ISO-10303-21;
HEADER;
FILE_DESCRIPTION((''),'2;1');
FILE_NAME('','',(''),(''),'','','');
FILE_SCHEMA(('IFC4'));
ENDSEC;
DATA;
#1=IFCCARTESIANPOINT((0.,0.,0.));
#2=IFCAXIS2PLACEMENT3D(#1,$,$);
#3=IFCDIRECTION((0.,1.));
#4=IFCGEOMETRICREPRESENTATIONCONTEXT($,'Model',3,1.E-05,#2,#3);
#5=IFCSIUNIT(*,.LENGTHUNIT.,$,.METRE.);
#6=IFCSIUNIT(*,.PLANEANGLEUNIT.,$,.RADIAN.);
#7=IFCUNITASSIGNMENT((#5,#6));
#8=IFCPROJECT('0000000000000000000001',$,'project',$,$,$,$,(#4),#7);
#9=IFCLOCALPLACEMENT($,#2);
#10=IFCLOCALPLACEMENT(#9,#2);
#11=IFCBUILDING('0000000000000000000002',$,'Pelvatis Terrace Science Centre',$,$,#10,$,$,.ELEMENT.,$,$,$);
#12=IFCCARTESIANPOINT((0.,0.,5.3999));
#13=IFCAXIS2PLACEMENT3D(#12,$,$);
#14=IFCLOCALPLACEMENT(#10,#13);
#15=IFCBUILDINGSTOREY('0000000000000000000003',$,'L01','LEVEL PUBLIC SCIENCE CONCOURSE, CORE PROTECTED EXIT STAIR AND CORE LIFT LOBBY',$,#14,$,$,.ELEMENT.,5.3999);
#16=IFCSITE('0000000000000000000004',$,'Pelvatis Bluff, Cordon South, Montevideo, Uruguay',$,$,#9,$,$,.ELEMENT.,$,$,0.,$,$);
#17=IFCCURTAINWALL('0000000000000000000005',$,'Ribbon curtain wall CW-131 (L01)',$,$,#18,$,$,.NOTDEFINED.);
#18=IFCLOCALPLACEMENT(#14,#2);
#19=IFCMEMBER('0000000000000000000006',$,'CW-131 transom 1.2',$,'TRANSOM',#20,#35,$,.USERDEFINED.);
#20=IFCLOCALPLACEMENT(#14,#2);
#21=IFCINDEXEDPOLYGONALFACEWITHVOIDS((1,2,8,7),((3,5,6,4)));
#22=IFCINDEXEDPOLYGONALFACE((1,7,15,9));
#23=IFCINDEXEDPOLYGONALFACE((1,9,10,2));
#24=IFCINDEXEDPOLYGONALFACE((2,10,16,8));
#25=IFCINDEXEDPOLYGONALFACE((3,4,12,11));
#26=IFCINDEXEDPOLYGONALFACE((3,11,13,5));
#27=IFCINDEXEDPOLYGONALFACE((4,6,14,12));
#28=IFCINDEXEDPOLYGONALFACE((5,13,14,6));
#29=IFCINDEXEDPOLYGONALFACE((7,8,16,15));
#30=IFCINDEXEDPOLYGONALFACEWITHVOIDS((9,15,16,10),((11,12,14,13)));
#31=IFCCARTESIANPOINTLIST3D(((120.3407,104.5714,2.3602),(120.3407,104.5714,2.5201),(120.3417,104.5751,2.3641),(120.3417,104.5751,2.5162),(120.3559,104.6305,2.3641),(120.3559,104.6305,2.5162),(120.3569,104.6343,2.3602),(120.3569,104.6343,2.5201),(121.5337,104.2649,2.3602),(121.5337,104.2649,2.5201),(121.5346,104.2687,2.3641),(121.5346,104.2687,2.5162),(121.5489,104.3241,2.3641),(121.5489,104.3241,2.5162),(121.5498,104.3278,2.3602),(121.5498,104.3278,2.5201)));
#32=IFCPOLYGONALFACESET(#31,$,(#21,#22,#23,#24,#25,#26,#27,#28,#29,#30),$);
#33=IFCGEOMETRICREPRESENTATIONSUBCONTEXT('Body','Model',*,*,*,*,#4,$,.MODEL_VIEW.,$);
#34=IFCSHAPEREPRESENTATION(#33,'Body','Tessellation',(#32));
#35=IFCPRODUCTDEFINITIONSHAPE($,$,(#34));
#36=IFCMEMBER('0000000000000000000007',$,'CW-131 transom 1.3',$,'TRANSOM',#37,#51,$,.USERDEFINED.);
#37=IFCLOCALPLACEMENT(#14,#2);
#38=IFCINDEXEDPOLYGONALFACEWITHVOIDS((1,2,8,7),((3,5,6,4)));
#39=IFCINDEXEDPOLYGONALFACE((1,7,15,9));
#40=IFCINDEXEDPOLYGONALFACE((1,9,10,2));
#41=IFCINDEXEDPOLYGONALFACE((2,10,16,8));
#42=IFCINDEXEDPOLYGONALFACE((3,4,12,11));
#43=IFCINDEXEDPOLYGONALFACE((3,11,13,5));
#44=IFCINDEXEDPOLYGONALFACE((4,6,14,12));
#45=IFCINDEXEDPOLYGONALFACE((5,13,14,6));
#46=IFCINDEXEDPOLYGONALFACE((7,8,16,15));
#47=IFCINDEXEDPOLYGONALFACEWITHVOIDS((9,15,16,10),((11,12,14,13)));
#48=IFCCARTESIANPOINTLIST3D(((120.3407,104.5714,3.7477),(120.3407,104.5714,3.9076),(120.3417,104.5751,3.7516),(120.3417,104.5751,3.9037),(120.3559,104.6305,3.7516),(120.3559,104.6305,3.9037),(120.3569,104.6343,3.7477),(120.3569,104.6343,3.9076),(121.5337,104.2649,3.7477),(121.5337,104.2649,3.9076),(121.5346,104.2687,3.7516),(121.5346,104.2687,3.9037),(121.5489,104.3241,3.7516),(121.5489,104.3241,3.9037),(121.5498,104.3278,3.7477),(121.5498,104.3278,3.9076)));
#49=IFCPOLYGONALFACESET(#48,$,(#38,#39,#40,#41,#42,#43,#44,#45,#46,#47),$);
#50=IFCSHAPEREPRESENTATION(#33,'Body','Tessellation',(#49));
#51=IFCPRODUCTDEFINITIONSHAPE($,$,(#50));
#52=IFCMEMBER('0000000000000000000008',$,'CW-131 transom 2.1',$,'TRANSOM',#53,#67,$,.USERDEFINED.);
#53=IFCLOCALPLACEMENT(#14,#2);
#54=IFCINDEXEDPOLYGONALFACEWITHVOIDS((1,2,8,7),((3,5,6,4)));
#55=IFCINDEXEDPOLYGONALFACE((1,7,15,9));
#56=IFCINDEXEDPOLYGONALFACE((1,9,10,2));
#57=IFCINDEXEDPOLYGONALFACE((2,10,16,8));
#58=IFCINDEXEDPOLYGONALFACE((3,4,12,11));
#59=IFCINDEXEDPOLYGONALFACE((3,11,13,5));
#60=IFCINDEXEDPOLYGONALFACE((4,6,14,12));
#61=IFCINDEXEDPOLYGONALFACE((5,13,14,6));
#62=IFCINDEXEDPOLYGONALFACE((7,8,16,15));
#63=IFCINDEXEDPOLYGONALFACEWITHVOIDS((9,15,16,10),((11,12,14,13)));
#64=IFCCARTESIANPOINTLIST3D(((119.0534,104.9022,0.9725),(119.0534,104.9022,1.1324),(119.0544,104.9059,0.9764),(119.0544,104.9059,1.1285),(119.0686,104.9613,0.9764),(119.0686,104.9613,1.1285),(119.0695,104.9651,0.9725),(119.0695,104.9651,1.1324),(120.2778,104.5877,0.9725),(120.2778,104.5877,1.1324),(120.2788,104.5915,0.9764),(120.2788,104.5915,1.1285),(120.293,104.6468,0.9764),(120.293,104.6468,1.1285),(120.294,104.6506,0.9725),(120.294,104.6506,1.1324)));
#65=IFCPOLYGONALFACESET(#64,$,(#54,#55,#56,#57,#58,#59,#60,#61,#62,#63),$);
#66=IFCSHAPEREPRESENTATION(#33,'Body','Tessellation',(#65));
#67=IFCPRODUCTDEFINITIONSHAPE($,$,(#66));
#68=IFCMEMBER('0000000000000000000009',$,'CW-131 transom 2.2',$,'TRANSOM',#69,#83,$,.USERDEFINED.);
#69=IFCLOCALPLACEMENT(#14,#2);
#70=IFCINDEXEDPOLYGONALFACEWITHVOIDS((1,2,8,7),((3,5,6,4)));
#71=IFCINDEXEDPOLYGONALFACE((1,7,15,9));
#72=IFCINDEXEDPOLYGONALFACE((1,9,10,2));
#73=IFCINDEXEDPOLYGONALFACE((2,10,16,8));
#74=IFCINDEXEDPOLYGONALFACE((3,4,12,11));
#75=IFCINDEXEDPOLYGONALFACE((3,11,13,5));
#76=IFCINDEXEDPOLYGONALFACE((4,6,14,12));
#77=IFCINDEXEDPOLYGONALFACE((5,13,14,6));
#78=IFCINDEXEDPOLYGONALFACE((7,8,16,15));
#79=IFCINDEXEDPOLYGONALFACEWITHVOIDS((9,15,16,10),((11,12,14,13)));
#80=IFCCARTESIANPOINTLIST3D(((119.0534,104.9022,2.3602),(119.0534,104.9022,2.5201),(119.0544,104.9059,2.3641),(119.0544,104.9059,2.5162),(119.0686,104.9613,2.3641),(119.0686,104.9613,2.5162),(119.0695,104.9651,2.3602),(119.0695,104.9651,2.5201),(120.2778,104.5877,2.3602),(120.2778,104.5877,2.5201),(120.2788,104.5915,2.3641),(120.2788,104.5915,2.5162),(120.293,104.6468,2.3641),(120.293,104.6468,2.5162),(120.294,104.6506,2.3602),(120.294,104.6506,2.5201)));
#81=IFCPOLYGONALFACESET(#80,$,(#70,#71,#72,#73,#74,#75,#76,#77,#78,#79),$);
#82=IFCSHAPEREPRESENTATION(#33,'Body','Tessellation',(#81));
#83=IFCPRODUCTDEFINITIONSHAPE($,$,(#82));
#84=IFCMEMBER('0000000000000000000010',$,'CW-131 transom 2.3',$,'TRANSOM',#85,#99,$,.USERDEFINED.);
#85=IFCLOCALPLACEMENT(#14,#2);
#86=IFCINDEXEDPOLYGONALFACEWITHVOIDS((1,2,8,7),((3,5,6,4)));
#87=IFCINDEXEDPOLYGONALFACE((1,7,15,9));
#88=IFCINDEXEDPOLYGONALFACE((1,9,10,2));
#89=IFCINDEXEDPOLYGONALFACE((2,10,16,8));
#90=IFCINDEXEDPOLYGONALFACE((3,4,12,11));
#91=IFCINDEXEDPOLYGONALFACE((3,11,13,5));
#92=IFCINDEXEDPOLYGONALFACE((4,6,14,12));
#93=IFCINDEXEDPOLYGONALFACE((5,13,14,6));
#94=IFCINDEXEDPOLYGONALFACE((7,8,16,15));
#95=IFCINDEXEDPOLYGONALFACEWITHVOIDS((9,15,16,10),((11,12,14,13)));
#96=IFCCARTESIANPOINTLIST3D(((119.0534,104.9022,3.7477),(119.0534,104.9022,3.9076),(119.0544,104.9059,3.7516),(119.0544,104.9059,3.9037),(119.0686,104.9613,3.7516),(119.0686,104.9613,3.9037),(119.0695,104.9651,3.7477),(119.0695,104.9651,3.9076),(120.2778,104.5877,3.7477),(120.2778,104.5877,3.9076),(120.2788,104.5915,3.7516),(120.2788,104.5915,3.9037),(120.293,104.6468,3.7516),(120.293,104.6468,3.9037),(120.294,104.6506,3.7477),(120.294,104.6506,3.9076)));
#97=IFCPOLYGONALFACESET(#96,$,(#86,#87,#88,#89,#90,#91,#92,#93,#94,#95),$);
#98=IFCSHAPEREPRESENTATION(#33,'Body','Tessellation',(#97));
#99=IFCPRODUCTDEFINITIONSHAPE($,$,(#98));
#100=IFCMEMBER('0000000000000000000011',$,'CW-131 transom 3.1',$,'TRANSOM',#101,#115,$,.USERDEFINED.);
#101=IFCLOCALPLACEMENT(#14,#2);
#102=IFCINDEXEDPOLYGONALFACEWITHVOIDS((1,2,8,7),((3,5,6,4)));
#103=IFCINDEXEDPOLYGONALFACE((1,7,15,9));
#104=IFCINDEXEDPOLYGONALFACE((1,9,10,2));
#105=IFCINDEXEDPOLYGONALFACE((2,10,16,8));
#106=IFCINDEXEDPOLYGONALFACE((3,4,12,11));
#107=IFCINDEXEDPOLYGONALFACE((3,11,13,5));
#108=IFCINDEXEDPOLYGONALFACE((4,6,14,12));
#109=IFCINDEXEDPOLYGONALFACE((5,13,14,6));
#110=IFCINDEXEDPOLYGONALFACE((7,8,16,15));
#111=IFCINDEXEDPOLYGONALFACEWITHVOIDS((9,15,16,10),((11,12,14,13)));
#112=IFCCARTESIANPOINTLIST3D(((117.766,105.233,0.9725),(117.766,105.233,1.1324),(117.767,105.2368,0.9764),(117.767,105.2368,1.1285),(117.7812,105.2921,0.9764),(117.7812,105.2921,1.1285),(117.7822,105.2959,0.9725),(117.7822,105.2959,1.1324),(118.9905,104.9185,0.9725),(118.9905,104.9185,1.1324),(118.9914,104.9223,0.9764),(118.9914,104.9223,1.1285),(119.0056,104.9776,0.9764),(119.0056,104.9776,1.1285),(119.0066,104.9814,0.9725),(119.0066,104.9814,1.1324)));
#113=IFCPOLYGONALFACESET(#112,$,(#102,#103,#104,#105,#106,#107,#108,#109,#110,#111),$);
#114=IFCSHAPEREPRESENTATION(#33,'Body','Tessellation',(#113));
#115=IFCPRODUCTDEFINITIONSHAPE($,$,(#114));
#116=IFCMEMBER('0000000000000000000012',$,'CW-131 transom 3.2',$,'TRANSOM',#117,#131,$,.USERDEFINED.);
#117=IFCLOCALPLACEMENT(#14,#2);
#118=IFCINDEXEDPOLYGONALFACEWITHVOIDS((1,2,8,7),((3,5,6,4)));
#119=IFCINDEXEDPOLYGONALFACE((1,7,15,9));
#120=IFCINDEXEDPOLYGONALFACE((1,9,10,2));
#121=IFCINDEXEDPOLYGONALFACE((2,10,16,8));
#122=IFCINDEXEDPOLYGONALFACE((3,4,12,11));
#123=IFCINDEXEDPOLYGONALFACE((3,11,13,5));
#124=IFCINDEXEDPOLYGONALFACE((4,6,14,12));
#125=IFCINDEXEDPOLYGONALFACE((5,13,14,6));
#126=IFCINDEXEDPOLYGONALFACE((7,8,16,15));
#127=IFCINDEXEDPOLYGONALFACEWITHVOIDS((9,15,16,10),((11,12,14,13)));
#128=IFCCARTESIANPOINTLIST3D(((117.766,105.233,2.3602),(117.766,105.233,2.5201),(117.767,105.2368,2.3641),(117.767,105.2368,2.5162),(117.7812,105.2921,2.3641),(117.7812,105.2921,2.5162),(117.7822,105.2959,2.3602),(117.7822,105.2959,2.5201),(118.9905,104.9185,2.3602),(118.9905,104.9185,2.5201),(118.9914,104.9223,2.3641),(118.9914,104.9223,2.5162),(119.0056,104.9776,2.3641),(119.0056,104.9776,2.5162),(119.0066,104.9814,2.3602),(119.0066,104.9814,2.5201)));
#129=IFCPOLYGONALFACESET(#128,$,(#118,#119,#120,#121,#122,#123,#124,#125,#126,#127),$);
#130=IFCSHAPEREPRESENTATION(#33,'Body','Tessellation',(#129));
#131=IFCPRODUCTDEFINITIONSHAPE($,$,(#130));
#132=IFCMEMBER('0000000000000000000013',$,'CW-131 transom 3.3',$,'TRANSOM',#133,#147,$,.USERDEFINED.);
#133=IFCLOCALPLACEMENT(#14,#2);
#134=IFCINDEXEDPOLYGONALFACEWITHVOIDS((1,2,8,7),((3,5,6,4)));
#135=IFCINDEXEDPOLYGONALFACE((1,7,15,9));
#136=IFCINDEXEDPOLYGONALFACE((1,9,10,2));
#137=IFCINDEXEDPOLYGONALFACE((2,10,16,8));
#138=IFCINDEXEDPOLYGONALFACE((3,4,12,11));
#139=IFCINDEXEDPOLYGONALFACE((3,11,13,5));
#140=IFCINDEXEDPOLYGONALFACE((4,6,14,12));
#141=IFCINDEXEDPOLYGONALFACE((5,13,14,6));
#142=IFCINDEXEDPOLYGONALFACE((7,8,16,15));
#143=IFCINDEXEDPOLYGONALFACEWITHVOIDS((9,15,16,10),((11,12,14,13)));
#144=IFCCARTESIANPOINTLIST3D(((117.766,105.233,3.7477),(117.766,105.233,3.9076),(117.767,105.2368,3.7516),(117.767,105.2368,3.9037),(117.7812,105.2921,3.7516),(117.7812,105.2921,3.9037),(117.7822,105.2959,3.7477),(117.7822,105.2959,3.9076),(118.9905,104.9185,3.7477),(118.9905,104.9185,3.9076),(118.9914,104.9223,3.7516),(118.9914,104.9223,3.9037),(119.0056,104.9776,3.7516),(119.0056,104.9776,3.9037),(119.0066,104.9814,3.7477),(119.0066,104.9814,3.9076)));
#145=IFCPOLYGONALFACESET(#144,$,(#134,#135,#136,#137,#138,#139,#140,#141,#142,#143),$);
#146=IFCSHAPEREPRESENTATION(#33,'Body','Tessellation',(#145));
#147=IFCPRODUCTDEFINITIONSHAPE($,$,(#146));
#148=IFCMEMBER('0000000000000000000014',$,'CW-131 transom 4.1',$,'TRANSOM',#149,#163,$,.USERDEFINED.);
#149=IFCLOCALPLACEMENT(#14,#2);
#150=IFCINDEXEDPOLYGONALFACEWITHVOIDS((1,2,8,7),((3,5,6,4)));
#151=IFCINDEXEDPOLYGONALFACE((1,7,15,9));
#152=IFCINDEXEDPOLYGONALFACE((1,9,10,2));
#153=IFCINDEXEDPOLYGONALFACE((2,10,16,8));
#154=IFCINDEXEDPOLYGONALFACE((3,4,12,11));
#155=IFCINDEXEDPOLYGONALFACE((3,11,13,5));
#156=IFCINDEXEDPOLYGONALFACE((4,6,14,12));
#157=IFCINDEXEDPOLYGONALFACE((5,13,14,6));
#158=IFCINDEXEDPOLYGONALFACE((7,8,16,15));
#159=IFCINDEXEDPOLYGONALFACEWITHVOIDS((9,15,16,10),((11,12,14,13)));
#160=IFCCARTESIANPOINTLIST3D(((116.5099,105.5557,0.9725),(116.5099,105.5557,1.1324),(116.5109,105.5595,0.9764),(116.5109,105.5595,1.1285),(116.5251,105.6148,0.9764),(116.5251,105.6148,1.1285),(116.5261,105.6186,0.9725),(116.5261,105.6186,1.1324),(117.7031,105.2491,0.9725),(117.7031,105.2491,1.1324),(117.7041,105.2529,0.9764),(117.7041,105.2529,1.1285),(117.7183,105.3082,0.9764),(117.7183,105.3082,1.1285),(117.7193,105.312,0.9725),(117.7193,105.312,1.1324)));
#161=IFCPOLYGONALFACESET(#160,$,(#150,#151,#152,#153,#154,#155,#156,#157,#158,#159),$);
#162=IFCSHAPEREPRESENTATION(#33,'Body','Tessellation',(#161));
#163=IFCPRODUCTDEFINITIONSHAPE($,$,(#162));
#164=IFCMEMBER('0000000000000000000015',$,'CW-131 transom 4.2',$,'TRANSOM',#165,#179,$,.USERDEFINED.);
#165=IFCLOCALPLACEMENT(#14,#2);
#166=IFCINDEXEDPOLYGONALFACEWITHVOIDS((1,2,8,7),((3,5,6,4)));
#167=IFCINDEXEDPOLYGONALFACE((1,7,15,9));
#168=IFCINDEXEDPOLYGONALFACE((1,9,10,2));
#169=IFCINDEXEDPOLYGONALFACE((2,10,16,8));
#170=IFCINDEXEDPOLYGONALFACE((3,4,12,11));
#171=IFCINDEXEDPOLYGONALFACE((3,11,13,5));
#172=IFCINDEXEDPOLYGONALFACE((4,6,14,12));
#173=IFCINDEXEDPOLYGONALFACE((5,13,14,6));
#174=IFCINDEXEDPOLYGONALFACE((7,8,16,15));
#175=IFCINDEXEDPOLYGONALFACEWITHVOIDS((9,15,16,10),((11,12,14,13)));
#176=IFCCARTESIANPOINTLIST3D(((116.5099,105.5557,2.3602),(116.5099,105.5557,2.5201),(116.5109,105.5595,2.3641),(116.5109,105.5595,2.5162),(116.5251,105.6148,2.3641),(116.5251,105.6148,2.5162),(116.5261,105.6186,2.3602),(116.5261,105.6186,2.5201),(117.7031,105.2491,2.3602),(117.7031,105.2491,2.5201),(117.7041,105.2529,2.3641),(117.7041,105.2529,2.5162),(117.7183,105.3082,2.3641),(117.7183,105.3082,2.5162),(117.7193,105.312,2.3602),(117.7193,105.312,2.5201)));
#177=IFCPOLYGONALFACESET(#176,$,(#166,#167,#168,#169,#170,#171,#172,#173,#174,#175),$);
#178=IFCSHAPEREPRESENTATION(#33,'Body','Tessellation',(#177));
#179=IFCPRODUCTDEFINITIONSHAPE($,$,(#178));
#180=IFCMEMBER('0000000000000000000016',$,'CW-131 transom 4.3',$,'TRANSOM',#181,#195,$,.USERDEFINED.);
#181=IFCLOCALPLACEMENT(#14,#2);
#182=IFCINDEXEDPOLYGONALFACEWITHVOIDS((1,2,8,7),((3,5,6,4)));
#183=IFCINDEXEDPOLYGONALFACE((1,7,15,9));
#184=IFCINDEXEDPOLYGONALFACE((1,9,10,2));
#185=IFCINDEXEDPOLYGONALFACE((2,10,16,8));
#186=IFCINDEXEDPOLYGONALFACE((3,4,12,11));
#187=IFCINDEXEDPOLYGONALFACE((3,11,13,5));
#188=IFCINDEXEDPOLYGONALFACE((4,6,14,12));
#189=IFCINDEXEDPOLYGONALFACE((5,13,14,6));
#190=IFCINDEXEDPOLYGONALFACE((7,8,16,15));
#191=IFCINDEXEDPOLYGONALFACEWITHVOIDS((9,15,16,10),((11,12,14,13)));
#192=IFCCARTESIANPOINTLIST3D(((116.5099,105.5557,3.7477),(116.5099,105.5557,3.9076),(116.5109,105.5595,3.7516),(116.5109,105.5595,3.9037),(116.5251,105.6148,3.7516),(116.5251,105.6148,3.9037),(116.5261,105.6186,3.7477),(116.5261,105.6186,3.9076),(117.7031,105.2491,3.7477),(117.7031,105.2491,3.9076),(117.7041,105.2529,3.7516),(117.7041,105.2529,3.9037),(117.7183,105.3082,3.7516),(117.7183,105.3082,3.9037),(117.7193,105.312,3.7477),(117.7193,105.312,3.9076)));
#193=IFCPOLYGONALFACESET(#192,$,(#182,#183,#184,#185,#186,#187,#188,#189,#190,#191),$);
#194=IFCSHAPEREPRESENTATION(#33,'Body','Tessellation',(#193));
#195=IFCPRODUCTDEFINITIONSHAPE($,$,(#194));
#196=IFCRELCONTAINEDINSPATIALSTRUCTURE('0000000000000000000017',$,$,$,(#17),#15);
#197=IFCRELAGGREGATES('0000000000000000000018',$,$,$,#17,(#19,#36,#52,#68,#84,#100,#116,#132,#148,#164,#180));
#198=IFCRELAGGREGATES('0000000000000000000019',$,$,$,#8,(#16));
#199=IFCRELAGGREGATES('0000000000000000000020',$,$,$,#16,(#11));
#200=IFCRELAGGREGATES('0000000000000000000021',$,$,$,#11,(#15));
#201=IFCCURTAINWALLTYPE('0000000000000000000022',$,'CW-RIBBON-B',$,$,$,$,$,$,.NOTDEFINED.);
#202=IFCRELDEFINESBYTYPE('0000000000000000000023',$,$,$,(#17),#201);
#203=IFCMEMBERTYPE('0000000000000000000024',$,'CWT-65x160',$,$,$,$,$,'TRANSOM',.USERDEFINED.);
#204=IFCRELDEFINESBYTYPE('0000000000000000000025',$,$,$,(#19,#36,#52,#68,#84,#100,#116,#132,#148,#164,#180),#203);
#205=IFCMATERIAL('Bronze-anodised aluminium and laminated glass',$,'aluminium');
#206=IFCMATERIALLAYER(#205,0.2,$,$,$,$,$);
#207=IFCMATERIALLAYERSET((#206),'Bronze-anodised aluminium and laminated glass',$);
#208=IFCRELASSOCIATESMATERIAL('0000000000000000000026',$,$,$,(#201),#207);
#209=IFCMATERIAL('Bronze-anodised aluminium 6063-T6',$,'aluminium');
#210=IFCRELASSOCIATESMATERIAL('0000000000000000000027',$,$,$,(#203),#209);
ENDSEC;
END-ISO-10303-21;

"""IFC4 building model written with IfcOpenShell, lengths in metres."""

from ifc_helpers import new_model, si_unit, direction, frame, origin, origin_2d, place, context, subcontext, project, spatial, hollow_rectangle, extrude, material, layer, layer_set, material_profile, profile_set, type_object, element, aggregate, save


model = new_model("IFC4")

# Units and contexts
model_context = context("Model", 3, precision=1e-05, world=origin(), true_north=direction((0.0, 1.0)))
body_context = subcontext(model_context, "Body", "Model", "MODEL_VIEW")
ifc_project = project(units=[si_unit("LENGTHUNIT", "METRE"), si_unit("PLANEANGLEUNIT", "RADIAN")], contexts=[model_context])

# Site, building, storey
site_placement = place(None, origin())
site = spatial("IfcSite", under=ifc_project, at=site_placement, Name="Pelvatis Bluff, Cordon South, Montevideo, Uruguay", CompositionType="ELEMENT", RefElevation=0.0)
building_placement = place(site_placement, origin())
building = spatial("IfcBuilding", under=site, at=building_placement, Name="Pelvatis Terrace Science Centre", CompositionType="ELEMENT")
storey_placement = place(building_placement, frame((0.0, 0.0, 5.3999)))
storey = spatial("IfcBuildingStorey", under=building, at=storey_placement, Name="L01", Description="LEVEL PUBLIC SCIENCE CONCOURSE, CORE PROTECTED EXIT STAIR AND CORE LIFT LOBBY", CompositionType="ELEMENT", Elevation=5.3999)

# Curtain wall
ifc_material_1 = material(Name="Bronze-anodised aluminium and laminated glass", Category="aluminium")
ifc_layer_1 = layer(ifc_material_1, 0.2)
ifc_layer_set_1 = layer_set([ifc_layer_1], Name="Bronze-anodised aluminium and laminated glass")
curtain_wall_type = type_object("IfcCurtainWallType", Name="CW-RIBBON-B", PredefinedType="NOTDEFINED", material=ifc_layer_set_1)
curtain_wall_1_placement = place(storey_placement, origin())
curtain_wall_1 = element("IfcCurtainWall", 1, at=curtain_wall_1_placement, inside=storey, type_object=curtain_wall_type, Name="Ribbon curtain wall CW-131 (L01)", PredefinedType="NOTDEFINED")

# Members
ifc_material_2 = material(Name="Bronze-anodised aluminium 6063-T6", Category="aluminium")
ifc_material_profile_1 = material_profile(ifc_material_2, hollow_rectangle(XDim=0.0649, YDim=0.1599, WallThickness=0.0039, at=origin_2d()), Name="ALU-TRN 65x160")
ifc_profile_set_1 = profile_set([ifc_material_profile_1], Name="Bronze-anodised aluminium 6063-T6")
member_type_1 = type_object("IfcMemberType", Name="CWT-65x160", ElementType="TRANSOM", PredefinedType="USERDEFINED", material=ifc_profile_set_1)
member_1_placement = place(storey_placement, frame((121.5417, 104.2964, 2.4402), z_axis=(-0.96856, 0.248781, 0.0), x_axis=(-0.248781, -0.96856, 0.0)))
member_1 = element("IfcMember", 2, at=member_1_placement, type_object=member_type_1, Name="CW-131 transom 1.2", ObjectType="TRANSOM", PredefinedType="USERDEFINED", context=body_context, shape_type="SweptSolid", body=[
    extrude(hollow_rectangle(XDim=0.0649, YDim=0.1599, WallThickness=0.0039, at=origin_2d()), origin(), (0.0, 0.0, 1.0), 1.2317),
])
member_2_placement = place(storey_placement, frame((121.5417, 104.2964, 3.8276), z_axis=(-0.96856, 0.248781, 0.0), x_axis=(-0.248781, -0.96856, 0.0)))
member_2 = element("IfcMember", 3, at=member_2_placement, type_object=member_type_1, Name="CW-131 transom 1.3", ObjectType="TRANSOM", PredefinedType="USERDEFINED", context=body_context, shape_type="SweptSolid", body=[
    extrude(hollow_rectangle(XDim=0.0649, YDim=0.1599, WallThickness=0.0039, at=origin_2d()), origin(), (0.0, 0.0, 1.0), 1.2317),
])
member_3_placement = place(storey_placement, frame((120.2859, 104.6191, 1.0525), z_axis=(-0.968566, 0.248756, 0.0), x_axis=(-0.248756, -0.968566, 0.0)))
member_3 = element("IfcMember", 4, at=member_3_placement, type_object=member_type_1, Name="CW-131 transom 2.1", ObjectType="TRANSOM", PredefinedType="USERDEFINED", context=body_context, shape_type="SweptSolid", body=[
    extrude(hollow_rectangle(XDim=0.0649, YDim=0.1599, WallThickness=0.0039, at=origin_2d()), origin(), (0.0, 0.0, 1.0), 1.2642),
])
member_4_placement = place(storey_placement, frame((120.2859, 104.6191, 2.4402), z_axis=(-0.968566, 0.248756, 0.0), x_axis=(-0.248756, -0.968566, 0.0)))
member_4 = element("IfcMember", 5, at=member_4_placement, type_object=member_type_1, Name="CW-131 transom 2.2", ObjectType="TRANSOM", PredefinedType="USERDEFINED", context=body_context, shape_type="SweptSolid", body=[
    extrude(hollow_rectangle(XDim=0.0649, YDim=0.1599, WallThickness=0.0039, at=origin_2d()), origin(), (0.0, 0.0, 1.0), 1.2642),
])
member_5_placement = place(storey_placement, frame((120.2859, 104.6191, 3.8276), z_axis=(-0.968566, 0.248756, 0.0), x_axis=(-0.248756, -0.968566, 0.0)))
member_5 = element("IfcMember", 6, at=member_5_placement, type_object=member_type_1, Name="CW-131 transom 2.3", ObjectType="TRANSOM", PredefinedType="USERDEFINED", context=body_context, shape_type="SweptSolid", body=[
    extrude(hollow_rectangle(XDim=0.0649, YDim=0.1599, WallThickness=0.0039, at=origin_2d()), origin(), (0.0, 0.0, 1.0), 1.2642),
])
member_6_placement = place(storey_placement, frame((118.9985, 104.95, 1.0525), z_axis=(-0.968566, 0.248756, 0.0), x_axis=(-0.248756, -0.968566, 0.0)))
member_6 = element("IfcMember", 7, at=member_6_placement, type_object=member_type_1, Name="CW-131 transom 3.1", ObjectType="TRANSOM", PredefinedType="USERDEFINED", context=body_context, shape_type="SweptSolid", body=[
    extrude(hollow_rectangle(XDim=0.0649, YDim=0.1599, WallThickness=0.0039, at=origin_2d()), origin(), (0.0, 0.0, 1.0), 1.2642),
])
member_7_placement = place(storey_placement, frame((118.9985, 104.95, 2.4402), z_axis=(-0.968566, 0.248756, 0.0), x_axis=(-0.248756, -0.968566, 0.0)))
member_7 = element("IfcMember", 8, at=member_7_placement, type_object=member_type_1, Name="CW-131 transom 3.2", ObjectType="TRANSOM", PredefinedType="USERDEFINED", context=body_context, shape_type="SweptSolid", body=[
    extrude(hollow_rectangle(XDim=0.0649, YDim=0.1599, WallThickness=0.0039, at=origin_2d()), origin(), (0.0, 0.0, 1.0), 1.2642),
])
member_8_placement = place(storey_placement, frame((118.9985, 104.95, 3.8276), z_axis=(-0.968566, 0.248756, 0.0), x_axis=(-0.248756, -0.968566, 0.0)))
member_8 = element("IfcMember", 9, at=member_8_placement, type_object=member_type_1, Name="CW-131 transom 3.3", ObjectType="TRANSOM", PredefinedType="USERDEFINED", context=body_context, shape_type="SweptSolid", body=[
    extrude(hollow_rectangle(XDim=0.0649, YDim=0.1599, WallThickness=0.0039, at=origin_2d()), origin(), (0.0, 0.0, 1.0), 1.2642),
])
member_9_placement = place(storey_placement, frame((117.7112, 105.2805, 1.0525), z_axis=(-0.968524, 0.248919, 0.0), x_axis=(-0.248919, -0.968524, 0.0)))
member_9 = element("IfcMember", 10, at=member_9_placement, type_object=member_type_1, Name="CW-131 transom 4.1", ObjectType="TRANSOM", PredefinedType="USERDEFINED", context=body_context, shape_type="SweptSolid", body=[
    extrude(hollow_rectangle(XDim=0.0649, YDim=0.1599, WallThickness=0.0039, at=origin_2d()), origin(), (0.0, 0.0, 1.0), 1.2319),
])
member_10_placement = place(storey_placement, frame((117.7112, 105.2805, 2.4402), z_axis=(-0.968524, 0.248919, 0.0), x_axis=(-0.248919, -0.968524, 0.0)))
member_10 = element("IfcMember", 11, at=member_10_placement, type_object=member_type_1, Name="CW-131 transom 4.2", ObjectType="TRANSOM", PredefinedType="USERDEFINED", context=body_context, shape_type="SweptSolid", body=[
    extrude(hollow_rectangle(XDim=0.0649, YDim=0.1599, WallThickness=0.0039, at=origin_2d()), origin(), (0.0, 0.0, 1.0), 1.2319),
])
member_11_placement = place(storey_placement, frame((117.7112, 105.2805, 3.8276), z_axis=(-0.968524, 0.248919, 0.0), x_axis=(-0.248919, -0.968524, 0.0)))
member_11 = element("IfcMember", 12, at=member_11_placement, type_object=member_type_1, Name="CW-131 transom 4.3", ObjectType="TRANSOM", PredefinedType="USERDEFINED", context=body_context, shape_type="SweptSolid", body=[
    extrude(hollow_rectangle(XDim=0.0649, YDim=0.1599, WallThickness=0.0039, at=origin_2d()), origin(), (0.0, 0.0, 1.0), 1.2319),
])

aggregate(curtain_wall_1, [member_1, member_2, member_3, member_4, member_5, member_6, member_7, member_8, member_9, member_10, member_11])

save(model, "model.ifc")
